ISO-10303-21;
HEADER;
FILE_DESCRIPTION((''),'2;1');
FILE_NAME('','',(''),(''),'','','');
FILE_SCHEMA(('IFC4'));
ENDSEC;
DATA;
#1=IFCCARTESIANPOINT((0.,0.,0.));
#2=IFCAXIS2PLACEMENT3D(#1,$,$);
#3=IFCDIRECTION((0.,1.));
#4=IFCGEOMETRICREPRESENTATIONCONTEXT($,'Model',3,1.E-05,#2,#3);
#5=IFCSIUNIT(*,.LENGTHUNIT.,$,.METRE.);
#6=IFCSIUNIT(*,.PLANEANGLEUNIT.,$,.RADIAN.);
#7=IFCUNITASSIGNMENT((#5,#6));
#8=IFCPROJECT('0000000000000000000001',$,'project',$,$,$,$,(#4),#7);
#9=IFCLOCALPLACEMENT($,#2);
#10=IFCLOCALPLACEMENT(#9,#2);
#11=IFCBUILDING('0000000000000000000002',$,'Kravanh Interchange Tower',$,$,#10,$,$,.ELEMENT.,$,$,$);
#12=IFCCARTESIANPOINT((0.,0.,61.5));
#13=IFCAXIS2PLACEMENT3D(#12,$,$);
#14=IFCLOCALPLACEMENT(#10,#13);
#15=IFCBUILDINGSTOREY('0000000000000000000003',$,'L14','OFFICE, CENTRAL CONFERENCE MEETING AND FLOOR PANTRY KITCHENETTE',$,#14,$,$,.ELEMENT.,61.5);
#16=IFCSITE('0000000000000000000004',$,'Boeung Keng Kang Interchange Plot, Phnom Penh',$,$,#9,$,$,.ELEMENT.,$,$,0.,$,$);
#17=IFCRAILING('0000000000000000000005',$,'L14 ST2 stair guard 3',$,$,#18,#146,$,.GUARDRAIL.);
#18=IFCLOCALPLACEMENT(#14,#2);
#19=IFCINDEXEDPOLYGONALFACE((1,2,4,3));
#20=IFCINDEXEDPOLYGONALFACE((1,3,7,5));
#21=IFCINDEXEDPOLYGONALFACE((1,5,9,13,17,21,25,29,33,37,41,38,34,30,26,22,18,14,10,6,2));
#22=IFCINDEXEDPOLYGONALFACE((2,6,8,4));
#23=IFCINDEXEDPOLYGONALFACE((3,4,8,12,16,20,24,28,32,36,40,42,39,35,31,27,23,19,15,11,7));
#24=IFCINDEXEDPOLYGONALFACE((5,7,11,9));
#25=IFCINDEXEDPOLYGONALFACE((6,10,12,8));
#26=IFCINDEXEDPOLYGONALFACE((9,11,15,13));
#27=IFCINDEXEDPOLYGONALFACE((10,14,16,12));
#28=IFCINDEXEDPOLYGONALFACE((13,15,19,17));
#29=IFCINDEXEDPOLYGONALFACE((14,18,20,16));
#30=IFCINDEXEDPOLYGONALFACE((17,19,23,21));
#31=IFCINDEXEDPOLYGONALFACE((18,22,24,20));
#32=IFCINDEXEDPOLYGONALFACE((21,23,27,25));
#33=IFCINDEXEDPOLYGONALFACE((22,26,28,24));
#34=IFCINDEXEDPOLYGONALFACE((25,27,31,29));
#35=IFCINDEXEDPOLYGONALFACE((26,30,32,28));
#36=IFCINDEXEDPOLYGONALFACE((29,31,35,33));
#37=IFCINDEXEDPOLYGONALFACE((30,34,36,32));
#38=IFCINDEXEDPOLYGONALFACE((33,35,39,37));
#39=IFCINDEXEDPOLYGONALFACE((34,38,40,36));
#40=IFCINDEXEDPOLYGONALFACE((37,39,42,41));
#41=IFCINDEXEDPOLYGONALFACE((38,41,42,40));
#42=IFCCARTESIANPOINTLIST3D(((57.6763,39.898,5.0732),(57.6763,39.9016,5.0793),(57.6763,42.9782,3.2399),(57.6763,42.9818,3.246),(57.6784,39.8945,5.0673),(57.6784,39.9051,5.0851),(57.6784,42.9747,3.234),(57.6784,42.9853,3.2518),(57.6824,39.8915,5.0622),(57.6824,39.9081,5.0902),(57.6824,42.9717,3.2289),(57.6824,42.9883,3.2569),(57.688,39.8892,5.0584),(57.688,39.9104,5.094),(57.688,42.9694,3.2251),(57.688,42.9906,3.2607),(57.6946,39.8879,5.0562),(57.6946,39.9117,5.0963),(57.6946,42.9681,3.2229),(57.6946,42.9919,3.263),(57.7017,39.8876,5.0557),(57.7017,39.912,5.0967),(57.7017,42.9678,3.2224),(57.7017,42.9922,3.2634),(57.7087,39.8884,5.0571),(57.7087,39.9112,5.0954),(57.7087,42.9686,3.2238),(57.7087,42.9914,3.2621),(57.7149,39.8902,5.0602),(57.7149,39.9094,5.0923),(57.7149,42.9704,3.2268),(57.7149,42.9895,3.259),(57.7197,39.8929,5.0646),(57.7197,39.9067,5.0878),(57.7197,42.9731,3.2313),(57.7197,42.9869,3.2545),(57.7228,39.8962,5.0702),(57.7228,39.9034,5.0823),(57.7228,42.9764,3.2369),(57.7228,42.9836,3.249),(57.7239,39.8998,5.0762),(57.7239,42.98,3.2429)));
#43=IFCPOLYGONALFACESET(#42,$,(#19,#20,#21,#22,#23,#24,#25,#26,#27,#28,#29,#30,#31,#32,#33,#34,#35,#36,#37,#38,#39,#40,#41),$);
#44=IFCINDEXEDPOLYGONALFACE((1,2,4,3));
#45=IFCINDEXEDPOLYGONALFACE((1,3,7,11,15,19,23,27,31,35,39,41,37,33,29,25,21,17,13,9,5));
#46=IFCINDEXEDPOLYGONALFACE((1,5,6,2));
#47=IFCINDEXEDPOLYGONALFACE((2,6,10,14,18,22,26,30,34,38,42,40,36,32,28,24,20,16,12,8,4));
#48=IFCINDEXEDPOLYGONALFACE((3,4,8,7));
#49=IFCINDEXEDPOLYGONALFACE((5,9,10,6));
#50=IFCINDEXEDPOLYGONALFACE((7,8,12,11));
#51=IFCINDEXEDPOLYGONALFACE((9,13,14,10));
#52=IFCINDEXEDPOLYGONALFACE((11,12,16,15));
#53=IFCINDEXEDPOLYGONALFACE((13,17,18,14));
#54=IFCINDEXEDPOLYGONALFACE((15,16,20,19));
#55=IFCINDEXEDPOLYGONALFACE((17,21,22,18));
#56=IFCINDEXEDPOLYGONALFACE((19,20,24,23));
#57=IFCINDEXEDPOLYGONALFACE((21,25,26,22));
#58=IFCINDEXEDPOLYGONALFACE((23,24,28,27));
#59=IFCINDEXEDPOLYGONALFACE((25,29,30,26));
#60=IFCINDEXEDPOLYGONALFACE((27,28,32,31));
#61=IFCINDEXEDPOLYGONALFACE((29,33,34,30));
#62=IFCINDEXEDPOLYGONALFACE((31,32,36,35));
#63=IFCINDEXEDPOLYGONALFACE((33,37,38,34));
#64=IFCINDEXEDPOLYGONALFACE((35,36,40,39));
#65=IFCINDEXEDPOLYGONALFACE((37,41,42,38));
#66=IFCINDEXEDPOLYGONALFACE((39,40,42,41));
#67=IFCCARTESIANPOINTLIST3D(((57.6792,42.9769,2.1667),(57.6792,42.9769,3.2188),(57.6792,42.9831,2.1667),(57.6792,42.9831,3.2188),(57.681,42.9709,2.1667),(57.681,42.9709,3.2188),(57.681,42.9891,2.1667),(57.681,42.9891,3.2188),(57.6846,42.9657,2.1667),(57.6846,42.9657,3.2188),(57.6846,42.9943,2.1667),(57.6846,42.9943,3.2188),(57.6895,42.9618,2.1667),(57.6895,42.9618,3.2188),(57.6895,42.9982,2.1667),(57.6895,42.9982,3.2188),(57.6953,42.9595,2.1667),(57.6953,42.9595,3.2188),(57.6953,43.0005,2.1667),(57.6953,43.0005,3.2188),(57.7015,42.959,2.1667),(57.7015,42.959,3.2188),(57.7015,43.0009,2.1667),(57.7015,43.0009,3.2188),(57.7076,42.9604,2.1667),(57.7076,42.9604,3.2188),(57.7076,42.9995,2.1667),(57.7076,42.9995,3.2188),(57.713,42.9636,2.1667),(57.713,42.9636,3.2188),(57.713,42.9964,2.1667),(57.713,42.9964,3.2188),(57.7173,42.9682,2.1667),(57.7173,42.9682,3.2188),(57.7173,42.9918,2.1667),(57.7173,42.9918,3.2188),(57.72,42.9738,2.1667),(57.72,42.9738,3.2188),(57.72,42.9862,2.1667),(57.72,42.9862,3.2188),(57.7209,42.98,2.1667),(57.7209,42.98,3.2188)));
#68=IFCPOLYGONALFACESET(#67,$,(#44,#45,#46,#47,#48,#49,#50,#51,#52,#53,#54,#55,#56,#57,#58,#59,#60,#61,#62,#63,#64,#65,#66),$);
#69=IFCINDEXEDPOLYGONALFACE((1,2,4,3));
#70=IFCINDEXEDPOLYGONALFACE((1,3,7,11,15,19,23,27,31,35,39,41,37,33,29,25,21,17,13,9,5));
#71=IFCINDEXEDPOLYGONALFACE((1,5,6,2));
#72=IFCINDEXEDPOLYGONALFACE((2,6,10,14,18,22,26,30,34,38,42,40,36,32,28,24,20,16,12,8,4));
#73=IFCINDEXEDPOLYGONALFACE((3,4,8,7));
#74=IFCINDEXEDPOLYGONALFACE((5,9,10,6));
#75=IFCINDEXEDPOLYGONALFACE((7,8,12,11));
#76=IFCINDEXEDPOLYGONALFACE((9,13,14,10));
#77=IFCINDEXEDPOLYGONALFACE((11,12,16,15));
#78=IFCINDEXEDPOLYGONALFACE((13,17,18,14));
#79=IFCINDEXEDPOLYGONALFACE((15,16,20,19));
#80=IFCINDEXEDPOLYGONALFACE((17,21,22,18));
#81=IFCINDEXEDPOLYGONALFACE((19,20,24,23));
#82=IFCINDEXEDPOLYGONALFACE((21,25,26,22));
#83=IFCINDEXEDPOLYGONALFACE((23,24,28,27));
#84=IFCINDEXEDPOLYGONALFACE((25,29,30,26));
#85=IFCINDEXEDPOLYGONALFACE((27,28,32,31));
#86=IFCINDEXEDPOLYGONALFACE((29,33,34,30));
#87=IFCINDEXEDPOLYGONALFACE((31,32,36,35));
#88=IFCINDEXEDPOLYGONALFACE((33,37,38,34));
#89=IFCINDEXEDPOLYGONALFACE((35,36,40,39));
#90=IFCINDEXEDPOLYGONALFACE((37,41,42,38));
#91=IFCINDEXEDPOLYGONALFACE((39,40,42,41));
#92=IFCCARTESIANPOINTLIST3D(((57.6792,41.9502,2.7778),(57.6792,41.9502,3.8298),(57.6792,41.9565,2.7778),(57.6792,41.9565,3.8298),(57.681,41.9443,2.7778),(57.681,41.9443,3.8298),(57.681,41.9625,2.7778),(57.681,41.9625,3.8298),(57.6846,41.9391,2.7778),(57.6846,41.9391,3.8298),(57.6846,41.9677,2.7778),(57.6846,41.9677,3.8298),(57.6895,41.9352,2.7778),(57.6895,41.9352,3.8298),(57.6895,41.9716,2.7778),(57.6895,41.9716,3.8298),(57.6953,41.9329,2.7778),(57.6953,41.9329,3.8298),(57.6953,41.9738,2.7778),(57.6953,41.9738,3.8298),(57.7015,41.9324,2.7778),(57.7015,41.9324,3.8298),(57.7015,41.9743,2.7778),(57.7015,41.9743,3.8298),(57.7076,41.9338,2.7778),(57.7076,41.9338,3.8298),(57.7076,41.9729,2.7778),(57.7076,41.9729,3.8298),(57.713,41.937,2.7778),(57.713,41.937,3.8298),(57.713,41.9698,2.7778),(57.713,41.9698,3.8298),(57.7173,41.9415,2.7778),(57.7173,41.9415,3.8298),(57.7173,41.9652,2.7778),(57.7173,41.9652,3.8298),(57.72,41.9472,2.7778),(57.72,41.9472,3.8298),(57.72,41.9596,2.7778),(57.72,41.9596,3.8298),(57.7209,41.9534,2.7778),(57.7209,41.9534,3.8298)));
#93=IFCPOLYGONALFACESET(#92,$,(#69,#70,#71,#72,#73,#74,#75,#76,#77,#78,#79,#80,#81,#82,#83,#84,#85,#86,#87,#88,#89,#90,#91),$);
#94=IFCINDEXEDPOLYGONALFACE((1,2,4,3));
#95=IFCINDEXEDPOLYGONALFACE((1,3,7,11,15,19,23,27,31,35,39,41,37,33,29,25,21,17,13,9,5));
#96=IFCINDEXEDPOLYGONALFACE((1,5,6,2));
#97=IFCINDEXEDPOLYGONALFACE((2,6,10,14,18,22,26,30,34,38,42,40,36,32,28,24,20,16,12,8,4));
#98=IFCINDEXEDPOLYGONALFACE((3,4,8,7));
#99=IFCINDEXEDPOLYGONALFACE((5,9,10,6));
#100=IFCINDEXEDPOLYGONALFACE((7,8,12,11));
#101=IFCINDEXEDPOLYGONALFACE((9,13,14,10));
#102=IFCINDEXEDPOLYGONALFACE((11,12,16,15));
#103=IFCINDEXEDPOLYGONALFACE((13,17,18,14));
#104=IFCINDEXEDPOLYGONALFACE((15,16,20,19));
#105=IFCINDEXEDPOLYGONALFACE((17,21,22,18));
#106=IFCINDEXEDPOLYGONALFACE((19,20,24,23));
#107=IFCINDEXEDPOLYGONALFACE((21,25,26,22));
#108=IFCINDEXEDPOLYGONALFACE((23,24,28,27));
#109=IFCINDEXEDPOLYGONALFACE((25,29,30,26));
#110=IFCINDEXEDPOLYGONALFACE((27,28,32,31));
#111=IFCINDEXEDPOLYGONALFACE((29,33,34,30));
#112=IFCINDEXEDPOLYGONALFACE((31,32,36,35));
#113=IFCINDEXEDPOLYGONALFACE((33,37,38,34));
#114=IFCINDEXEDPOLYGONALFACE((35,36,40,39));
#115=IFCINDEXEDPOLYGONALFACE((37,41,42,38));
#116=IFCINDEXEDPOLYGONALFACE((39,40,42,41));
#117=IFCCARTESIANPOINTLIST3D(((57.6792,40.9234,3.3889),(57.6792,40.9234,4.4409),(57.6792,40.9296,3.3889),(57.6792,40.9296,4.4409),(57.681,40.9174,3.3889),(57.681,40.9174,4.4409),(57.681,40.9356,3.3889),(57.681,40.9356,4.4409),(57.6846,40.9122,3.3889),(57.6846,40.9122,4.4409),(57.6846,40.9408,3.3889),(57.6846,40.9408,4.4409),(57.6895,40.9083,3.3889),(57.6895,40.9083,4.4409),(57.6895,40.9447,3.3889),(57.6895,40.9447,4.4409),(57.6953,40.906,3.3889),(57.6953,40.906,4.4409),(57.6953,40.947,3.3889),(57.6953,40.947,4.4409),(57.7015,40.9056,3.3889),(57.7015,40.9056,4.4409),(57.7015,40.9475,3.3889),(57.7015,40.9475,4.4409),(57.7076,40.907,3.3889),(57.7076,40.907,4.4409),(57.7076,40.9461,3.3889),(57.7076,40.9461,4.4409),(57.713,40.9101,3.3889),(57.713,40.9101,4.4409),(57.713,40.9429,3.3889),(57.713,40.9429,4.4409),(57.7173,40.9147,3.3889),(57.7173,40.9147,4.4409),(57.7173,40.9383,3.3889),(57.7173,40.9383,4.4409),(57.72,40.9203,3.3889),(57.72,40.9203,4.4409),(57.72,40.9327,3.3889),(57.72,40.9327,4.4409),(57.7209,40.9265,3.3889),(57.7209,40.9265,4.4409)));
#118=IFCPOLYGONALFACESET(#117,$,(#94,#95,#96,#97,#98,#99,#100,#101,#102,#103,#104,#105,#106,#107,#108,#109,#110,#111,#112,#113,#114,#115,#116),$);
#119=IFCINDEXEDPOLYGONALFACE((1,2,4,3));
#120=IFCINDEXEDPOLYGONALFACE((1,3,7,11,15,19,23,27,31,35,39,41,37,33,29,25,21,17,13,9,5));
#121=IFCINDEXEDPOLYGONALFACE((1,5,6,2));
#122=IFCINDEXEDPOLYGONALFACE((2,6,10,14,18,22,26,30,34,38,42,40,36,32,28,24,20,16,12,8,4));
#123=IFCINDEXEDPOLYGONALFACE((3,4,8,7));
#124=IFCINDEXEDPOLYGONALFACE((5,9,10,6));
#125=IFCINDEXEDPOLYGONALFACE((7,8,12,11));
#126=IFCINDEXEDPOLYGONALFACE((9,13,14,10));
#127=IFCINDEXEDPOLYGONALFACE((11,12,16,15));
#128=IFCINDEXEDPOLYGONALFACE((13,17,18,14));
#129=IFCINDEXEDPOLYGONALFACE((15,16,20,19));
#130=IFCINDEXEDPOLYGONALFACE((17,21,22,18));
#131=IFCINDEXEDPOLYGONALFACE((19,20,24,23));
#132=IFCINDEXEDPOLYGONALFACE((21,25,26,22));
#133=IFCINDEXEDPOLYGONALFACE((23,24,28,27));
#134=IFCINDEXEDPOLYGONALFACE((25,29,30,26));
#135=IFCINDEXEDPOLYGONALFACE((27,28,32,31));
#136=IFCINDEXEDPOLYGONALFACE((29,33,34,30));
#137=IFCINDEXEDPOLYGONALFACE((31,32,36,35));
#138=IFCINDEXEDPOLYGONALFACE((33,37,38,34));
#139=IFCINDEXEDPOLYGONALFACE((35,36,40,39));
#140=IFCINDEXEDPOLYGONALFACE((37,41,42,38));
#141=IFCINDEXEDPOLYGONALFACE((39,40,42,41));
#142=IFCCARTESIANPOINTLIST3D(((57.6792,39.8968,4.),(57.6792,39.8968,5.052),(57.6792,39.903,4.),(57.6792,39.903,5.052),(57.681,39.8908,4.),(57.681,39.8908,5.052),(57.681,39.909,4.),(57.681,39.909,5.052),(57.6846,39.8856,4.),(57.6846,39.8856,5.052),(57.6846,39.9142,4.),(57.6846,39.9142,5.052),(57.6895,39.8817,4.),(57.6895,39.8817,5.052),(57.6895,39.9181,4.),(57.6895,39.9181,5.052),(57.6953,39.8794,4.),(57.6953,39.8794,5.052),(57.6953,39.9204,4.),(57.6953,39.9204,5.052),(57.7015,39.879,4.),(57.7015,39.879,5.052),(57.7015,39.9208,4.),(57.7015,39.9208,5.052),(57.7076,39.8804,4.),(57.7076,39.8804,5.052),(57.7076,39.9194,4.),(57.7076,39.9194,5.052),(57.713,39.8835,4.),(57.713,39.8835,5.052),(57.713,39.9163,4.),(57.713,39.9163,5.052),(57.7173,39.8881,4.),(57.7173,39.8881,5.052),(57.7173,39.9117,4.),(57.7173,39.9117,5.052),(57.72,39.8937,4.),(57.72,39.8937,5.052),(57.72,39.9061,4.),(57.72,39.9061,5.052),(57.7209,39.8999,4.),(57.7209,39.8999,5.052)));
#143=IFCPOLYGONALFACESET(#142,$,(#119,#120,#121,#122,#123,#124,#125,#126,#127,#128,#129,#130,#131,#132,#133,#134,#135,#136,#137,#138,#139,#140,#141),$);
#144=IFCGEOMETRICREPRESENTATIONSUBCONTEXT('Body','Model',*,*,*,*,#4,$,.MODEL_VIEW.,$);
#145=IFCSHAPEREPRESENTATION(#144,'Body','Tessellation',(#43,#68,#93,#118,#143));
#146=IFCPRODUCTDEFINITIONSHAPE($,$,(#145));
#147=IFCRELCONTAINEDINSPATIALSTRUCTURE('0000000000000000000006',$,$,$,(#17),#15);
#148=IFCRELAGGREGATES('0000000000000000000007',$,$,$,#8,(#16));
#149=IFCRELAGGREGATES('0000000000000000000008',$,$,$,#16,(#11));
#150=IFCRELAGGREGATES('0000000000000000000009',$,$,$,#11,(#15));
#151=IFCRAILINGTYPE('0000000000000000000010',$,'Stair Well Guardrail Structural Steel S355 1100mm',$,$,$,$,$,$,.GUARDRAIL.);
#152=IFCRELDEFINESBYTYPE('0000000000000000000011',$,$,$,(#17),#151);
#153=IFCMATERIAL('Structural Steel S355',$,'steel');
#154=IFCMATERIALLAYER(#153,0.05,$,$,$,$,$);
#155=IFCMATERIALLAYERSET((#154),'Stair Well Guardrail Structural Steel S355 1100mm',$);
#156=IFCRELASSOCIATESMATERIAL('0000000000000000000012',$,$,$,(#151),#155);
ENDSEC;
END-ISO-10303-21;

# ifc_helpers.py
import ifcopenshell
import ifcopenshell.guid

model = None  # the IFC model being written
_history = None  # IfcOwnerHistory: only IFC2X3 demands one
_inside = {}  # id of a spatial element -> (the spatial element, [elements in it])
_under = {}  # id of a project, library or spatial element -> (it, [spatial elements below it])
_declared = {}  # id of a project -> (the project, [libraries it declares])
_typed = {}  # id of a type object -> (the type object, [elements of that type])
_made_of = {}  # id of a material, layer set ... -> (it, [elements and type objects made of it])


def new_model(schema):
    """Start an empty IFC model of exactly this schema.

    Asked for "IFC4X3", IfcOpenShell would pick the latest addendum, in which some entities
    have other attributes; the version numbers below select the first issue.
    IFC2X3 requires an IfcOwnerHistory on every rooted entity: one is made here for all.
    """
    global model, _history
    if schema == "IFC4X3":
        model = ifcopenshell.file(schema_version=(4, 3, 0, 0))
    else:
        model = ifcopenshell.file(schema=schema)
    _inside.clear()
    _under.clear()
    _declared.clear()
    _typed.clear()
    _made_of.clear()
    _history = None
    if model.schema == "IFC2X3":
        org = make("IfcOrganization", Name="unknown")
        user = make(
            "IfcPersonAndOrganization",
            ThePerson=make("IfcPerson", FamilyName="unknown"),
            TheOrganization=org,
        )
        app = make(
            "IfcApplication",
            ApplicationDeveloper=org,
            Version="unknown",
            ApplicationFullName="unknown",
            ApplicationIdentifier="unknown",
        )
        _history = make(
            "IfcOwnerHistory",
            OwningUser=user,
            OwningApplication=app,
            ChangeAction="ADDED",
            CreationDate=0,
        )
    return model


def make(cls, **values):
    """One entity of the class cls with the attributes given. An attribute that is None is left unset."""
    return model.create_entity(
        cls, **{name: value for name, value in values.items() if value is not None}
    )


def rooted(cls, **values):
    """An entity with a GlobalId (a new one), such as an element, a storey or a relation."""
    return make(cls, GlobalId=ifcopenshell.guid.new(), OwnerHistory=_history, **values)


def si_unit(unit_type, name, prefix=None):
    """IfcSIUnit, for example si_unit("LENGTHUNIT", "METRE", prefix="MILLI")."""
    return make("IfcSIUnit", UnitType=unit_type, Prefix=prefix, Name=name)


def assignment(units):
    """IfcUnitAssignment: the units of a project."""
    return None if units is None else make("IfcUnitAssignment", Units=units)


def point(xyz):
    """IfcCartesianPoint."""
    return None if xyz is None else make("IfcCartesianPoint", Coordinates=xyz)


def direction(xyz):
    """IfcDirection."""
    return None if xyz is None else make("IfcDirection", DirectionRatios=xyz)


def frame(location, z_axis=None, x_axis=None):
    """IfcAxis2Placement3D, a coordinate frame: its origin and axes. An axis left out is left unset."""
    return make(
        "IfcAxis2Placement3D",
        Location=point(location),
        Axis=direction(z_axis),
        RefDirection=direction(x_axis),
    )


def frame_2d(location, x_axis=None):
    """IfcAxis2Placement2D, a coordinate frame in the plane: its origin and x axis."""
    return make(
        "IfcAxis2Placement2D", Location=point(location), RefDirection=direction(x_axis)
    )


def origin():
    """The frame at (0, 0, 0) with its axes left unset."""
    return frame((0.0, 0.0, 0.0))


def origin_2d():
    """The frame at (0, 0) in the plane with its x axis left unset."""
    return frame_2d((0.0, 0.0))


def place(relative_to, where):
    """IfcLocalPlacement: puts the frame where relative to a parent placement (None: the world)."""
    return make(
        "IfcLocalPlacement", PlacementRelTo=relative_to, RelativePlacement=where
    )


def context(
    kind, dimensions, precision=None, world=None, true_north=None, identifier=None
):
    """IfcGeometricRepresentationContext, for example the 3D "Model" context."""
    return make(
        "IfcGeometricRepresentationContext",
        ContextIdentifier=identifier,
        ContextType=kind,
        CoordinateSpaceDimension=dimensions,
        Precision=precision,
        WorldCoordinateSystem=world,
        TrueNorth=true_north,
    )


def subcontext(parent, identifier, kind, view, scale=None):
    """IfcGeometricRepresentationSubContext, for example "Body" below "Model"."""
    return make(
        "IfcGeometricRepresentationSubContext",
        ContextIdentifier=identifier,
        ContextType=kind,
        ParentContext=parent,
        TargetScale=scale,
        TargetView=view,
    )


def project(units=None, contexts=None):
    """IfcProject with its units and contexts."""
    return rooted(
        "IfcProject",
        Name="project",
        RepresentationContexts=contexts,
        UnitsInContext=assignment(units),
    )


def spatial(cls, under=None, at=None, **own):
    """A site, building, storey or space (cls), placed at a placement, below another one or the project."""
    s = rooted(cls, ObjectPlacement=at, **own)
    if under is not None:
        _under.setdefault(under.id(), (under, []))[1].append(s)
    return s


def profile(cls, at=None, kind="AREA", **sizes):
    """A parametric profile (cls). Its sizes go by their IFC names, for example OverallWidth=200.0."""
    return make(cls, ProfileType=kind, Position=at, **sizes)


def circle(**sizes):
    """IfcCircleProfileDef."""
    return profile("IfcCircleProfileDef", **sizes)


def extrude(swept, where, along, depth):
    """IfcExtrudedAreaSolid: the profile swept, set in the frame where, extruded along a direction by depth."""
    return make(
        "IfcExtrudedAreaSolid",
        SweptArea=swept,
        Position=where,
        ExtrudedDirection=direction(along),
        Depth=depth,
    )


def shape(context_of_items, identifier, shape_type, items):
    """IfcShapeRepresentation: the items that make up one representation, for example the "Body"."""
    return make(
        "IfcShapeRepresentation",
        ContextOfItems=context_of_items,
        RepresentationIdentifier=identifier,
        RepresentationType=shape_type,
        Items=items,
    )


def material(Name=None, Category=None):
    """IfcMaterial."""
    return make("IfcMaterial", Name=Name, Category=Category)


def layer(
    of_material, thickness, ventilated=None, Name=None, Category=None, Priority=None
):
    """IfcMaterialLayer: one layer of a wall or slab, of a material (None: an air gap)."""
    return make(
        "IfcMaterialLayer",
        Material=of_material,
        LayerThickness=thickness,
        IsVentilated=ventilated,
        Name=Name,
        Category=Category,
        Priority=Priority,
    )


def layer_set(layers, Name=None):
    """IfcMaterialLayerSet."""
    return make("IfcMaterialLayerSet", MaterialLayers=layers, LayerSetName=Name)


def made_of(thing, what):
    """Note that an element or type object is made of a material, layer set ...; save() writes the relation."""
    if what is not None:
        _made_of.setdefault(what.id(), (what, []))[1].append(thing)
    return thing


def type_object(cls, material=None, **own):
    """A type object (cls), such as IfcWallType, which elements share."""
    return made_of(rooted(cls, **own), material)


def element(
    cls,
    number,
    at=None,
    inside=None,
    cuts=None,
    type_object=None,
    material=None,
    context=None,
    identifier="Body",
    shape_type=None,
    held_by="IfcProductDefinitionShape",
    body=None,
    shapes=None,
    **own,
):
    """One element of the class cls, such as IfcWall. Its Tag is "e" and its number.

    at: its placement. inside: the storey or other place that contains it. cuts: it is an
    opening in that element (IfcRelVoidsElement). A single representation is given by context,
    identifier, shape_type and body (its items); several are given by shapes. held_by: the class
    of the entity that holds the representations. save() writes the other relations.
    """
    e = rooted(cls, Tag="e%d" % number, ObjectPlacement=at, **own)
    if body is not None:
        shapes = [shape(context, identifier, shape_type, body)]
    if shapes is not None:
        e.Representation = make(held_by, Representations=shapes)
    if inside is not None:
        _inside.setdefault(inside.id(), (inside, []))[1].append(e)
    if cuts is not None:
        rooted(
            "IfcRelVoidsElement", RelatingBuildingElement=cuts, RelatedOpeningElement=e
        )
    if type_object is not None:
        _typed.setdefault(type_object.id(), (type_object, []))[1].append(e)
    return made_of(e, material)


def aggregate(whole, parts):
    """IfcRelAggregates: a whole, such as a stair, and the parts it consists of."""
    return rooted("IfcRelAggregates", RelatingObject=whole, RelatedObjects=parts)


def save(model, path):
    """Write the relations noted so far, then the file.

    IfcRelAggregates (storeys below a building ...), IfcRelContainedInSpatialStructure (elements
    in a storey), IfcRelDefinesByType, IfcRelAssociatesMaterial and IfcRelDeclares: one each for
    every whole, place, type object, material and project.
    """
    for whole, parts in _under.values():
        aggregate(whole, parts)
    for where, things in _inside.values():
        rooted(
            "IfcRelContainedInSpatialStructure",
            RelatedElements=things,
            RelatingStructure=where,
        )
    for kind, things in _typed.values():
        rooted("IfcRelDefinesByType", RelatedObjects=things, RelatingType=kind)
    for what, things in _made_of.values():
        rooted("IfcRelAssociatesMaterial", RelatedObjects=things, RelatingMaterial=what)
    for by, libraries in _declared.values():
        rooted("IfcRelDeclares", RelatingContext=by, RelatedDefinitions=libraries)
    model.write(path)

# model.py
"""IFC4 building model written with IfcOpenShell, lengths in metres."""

from ifc_helpers import new_model, si_unit, direction, frame, origin, origin_2d, place, context, subcontext, project, spatial, circle, extrude, material, layer, layer_set, type_object, element, save


model = new_model("IFC4")

# Units and contexts
model_context = context("Model", 3, precision=1e-05, world=origin(), true_north=direction((0.0, 1.0)))
body_context = subcontext(model_context, "Body", "Model", "MODEL_VIEW")
ifc_project = project(units=[si_unit("LENGTHUNIT", "METRE"), si_unit("PLANEANGLEUNIT", "RADIAN")], contexts=[model_context])

# Site, building, storey
site_placement = place(None, origin())
site = spatial("IfcSite", under=ifc_project, at=site_placement, Name="Boeung Keng Kang Interchange Plot, Phnom Penh", CompositionType="ELEMENT", RefElevation=0.0)
building_placement = place(site_placement, origin())
building = spatial("IfcBuilding", under=site, at=building_placement, Name="Kravanh Interchange Tower", CompositionType="ELEMENT")
storey_placement = place(building_placement, frame((0.0, 0.0, 61.5)))
storey = spatial("IfcBuildingStorey", under=building, at=storey_placement, Name="L14", Description="OFFICE, CENTRAL CONFERENCE MEETING AND FLOOR PANTRY KITCHENETTE", CompositionType="ELEMENT", Elevation=61.5)

# Railing
ifc_material_1 = material(Name="Structural Steel S355", Category="steel")
ifc_layer_1 = layer(ifc_material_1, 0.05)
ifc_layer_set_1 = layer_set([ifc_layer_1], Name="Stair Well Guardrail Structural Steel S355 1100mm")
railing_type_1 = type_object("IfcRailingType", Name="Stair Well Guardrail Structural Steel S355 1100mm", PredefinedType="GUARDRAIL", material=ifc_layer_set_1)
railing_1_placement = place(storey_placement, frame((57.7, 42.98, 2.1667)))
element("IfcRailing", 1, at=railing_1_placement, inside=storey, type_object=railing_type_1, Name="L14 ST2 stair guard 3", PredefinedType="GUARDRAIL", context=body_context, shape_type="SweptSolid", body=[
    extrude(circle(Radius=0.0239, at=origin_2d()), frame((0.0, 0.0, 1.0762), z_axis=(0.0, -0.859309, 0.511458), x_axis=(1.0, 0.0, 0.0)), (0.0, 0.0, 1.0), 3.5845),
    extrude(circle(Radius=0.021, at=origin_2d()), origin(), (0.0, 0.0, 1.0), 1.052),
    extrude(circle(Radius=0.021, at=origin_2d()), frame((0.0, -1.0266, 0.6111)), (0.0, 0.0, 1.0), 1.052),
    extrude(circle(Radius=0.021, at=origin_2d()), frame((0.0, -2.0535, 1.2222)), (0.0, 0.0, 1.0), 1.052),
    extrude(circle(Radius=0.021, at=origin_2d()), frame((0.0, -3.0801, 1.8333)), (0.0, 0.0, 1.0), 1.052),
])

save(model, "model.ifc")
